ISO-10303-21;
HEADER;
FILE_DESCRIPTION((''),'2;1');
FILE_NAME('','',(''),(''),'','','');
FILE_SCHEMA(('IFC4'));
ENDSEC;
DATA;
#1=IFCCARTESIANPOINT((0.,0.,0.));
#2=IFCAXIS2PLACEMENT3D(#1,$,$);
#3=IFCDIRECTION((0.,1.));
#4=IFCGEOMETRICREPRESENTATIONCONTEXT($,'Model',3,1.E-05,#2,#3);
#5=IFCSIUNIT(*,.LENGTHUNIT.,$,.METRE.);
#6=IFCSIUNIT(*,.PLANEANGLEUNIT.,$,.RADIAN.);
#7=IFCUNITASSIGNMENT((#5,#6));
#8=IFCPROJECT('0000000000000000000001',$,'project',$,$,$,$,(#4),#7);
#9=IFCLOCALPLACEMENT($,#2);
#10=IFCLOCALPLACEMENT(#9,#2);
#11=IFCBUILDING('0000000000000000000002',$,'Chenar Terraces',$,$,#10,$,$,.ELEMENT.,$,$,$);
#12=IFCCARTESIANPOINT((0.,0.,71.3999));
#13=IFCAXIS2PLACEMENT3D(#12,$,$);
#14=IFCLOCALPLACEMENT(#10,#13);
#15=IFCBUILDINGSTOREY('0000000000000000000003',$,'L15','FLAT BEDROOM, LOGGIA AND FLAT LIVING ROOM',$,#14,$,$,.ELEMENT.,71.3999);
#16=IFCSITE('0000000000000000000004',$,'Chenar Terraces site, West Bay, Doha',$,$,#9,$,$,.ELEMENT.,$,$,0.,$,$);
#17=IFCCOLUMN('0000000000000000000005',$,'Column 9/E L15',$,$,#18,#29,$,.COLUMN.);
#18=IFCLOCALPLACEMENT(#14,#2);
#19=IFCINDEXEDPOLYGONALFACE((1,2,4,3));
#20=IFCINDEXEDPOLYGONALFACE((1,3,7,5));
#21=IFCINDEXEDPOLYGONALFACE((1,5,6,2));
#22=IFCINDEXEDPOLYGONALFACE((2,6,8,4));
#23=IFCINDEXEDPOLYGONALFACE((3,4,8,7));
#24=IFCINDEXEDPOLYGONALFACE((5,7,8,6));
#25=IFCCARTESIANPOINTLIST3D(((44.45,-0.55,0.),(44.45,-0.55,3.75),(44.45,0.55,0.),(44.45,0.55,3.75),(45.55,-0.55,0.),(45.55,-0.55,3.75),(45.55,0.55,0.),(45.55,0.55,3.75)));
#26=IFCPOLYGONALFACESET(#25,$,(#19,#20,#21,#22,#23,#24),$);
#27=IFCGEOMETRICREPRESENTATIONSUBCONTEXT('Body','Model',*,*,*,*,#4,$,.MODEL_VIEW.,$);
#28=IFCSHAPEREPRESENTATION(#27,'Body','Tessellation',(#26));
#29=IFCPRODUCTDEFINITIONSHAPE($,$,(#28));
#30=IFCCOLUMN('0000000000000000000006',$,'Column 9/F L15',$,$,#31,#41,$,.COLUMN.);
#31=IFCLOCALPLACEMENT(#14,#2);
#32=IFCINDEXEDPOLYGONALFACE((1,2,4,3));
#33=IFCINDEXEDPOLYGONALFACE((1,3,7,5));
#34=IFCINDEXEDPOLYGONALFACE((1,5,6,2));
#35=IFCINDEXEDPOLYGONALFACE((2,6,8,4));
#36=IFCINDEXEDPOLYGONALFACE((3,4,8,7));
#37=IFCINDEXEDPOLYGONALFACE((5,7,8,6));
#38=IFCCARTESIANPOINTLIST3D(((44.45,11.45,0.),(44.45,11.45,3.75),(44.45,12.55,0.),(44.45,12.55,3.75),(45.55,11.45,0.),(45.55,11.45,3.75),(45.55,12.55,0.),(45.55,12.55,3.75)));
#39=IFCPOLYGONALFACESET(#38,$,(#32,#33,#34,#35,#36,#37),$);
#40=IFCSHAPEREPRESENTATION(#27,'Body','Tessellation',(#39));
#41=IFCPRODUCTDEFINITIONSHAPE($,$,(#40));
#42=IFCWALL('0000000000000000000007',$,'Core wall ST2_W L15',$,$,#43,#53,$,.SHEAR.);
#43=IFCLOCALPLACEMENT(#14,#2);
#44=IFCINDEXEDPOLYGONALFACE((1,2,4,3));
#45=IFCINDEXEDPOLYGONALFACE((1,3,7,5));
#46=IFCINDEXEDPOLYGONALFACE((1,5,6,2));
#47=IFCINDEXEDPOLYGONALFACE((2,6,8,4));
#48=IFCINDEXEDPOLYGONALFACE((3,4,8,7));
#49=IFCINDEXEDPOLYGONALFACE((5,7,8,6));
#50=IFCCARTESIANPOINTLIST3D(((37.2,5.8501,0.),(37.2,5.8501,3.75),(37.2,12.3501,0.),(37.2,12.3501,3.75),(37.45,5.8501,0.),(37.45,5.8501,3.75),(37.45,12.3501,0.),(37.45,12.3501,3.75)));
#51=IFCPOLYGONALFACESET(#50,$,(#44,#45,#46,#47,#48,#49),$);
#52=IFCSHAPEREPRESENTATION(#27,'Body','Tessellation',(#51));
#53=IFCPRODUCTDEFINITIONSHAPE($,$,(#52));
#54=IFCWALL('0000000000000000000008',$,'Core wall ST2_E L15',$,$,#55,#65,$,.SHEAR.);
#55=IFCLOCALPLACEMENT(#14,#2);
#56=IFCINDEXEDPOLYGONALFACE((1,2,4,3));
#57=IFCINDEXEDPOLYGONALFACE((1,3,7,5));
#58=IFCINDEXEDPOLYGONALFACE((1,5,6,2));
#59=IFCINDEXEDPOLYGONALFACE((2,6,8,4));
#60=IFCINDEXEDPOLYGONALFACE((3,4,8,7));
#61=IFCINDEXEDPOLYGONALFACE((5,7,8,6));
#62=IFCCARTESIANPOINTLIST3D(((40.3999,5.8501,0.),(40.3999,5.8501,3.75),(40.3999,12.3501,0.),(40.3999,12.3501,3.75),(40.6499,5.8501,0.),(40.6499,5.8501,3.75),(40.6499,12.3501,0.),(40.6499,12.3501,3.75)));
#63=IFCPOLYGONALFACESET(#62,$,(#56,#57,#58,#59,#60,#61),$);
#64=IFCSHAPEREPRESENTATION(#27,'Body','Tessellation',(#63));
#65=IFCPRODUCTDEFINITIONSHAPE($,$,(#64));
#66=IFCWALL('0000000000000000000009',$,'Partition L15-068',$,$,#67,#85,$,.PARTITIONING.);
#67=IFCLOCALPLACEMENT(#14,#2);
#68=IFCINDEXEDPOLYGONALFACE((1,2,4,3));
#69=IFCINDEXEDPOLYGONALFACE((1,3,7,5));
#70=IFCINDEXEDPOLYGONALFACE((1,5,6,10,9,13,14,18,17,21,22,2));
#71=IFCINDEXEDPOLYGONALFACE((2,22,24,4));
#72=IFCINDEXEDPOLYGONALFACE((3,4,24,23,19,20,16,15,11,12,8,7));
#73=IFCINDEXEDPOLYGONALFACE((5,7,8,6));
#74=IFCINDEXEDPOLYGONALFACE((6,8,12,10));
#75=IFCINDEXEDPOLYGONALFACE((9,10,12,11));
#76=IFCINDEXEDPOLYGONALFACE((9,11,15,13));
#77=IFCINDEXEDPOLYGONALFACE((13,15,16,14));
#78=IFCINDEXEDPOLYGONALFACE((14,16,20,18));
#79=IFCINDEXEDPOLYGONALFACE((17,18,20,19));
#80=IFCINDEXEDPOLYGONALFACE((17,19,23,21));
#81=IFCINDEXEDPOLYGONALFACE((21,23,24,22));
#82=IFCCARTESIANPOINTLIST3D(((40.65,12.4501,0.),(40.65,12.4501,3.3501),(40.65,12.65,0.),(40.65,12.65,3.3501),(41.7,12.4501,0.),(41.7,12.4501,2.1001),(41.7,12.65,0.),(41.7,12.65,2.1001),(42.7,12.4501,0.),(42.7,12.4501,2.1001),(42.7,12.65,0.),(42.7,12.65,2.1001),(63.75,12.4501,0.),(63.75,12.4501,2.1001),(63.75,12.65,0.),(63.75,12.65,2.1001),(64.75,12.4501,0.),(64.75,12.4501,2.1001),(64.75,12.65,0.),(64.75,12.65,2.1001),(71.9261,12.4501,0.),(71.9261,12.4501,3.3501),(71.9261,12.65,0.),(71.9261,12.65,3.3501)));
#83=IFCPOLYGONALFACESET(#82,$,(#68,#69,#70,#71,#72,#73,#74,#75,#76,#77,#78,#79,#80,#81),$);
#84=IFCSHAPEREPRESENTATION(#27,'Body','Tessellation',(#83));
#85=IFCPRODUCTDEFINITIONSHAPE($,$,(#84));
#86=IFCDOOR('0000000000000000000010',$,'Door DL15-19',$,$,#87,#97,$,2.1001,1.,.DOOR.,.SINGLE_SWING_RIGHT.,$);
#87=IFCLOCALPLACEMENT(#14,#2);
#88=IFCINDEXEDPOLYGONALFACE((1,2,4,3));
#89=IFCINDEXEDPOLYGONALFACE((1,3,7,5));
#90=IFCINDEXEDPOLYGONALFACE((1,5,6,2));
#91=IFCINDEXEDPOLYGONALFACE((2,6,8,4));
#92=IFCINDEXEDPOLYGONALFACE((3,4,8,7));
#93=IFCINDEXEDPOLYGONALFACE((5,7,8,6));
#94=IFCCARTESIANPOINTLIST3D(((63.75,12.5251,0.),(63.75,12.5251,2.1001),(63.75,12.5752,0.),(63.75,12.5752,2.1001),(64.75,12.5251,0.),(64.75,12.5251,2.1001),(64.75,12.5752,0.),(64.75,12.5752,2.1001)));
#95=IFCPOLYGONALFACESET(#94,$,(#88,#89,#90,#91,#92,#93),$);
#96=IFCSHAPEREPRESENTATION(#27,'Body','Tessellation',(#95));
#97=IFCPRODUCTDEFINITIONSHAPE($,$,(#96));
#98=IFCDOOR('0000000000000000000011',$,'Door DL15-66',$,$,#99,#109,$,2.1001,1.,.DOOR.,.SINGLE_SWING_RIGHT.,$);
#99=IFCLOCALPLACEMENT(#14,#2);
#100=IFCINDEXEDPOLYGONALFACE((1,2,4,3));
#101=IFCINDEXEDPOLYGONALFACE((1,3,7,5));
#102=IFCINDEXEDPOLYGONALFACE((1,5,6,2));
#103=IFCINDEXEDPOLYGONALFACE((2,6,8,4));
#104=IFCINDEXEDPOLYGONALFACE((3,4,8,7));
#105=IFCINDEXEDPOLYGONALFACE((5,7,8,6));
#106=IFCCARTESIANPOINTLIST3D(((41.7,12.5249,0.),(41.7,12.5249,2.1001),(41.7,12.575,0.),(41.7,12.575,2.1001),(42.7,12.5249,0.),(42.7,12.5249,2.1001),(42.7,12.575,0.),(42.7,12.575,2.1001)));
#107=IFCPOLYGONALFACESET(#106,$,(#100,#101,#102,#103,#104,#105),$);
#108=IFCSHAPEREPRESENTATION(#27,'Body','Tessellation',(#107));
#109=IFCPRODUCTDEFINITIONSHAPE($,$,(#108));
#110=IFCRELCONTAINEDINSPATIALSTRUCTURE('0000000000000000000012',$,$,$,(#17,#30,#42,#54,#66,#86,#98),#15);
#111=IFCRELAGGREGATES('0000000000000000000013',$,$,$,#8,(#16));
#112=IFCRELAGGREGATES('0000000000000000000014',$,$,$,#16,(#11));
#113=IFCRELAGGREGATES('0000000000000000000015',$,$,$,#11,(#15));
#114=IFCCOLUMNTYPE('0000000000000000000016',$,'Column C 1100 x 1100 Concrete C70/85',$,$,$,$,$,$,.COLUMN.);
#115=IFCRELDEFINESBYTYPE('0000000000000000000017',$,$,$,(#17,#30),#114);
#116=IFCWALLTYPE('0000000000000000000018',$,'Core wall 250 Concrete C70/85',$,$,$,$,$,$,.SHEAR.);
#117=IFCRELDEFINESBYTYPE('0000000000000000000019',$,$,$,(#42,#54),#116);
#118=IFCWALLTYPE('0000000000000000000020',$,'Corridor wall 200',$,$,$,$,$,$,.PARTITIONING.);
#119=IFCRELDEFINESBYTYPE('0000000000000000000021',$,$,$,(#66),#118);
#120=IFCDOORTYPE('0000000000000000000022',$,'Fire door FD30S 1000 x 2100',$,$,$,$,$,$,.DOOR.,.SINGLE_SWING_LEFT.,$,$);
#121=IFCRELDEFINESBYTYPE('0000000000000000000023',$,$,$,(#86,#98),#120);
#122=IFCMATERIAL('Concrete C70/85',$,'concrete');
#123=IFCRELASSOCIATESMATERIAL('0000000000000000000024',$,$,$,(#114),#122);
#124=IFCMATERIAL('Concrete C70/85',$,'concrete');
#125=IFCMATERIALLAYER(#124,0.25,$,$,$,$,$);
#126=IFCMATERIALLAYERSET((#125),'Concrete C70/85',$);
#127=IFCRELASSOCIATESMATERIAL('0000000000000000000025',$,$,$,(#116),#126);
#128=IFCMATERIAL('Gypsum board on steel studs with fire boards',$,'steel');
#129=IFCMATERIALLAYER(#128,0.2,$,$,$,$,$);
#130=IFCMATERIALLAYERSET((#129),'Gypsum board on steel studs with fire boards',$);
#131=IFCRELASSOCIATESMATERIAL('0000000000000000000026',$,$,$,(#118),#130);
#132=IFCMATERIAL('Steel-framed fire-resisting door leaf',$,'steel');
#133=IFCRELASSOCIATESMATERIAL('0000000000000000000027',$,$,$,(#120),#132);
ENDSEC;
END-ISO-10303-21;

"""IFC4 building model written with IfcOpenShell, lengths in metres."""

from ifc_helpers import new_model, si_unit, direction, frame, frame_2d, origin, origin_2d, place, context, subcontext, project, spatial, rectangle, extrude, material, layer, layer_set, material_profile, profile_set, type_object, element, fill, save


model = new_model("IFC4")

# Units and contexts
model_context = context("Model", 3, precision=1e-05, world=origin(), true_north=direction((0.0, 1.0)))
body_context = subcontext(model_context, "Body", "Model", "MODEL_VIEW")
ifc_project = project(units=[si_unit("LENGTHUNIT", "METRE"), si_unit("PLANEANGLEUNIT", "RADIAN")], contexts=[model_context])

# Site, building, storey
site_placement = place(None, origin())
site = spatial("IfcSite", under=ifc_project, at=site_placement, Name="Chenar Terraces site, West Bay, Doha", CompositionType="ELEMENT", RefElevation=0.0)
building_placement = place(site_placement, origin())
building = spatial("IfcBuilding", under=site, at=building_placement, Name="Chenar Terraces", CompositionType="ELEMENT")
storey_placement = place(building_placement, frame((0.0, 0.0, 71.3999)))
storey = spatial("IfcBuildingStorey", under=building, at=storey_placement, Name="L15", Description="FLAT BEDROOM, LOGGIA AND FLAT LIVING ROOM", CompositionType="ELEMENT", Elevation=71.3999)

# Columns
ifc_material_1 = material(Name="Concrete C70/85", Category="concrete")
ifc_material_profile_1 = material_profile(ifc_material_1, rectangle(XDim=1.1001, YDim=1.1001, at=origin_2d()), Name="C 1100 x 1100")
ifc_profile_set_1 = profile_set([ifc_material_profile_1], Name="Concrete C70/85")
column_type = type_object("IfcColumnType", Name="Column C 1100 x 1100 Concrete C70/85", PredefinedType="COLUMN", material=ifc_profile_set_1)
for number, where, z_axis, x_axis, name in (
    (1, (45.0, 0.0, 0.0), (0.0, 0.0, 1.0), (1.0, 0.0, 0.0), "Column 9/E L15"),
    (2, (45.0, 12.0, 0.0), (0.0, 0.0, 1.0), (1.0, 0.0, 0.0), "Column 9/F L15"),
):
    element("IfcColumn", number, at=place(storey_placement, frame(where, z_axis=z_axis, x_axis=x_axis)), inside=storey, type_object=column_type, Name=name, PredefinedType="COLUMN", context=body_context, shape_type="SweptSolid", body=[
        extrude(rectangle(XDim=1.1001, YDim=1.1001, at=origin_2d()), origin(), (0.0, 0.0, 1.0), 3.75),
    ])

# Walls
ifc_material_2 = material(Name="Concrete C70/85", Category="concrete")
ifc_layer_1 = layer(ifc_material_2, 0.25)
ifc_layer_set_1 = layer_set([ifc_layer_1], Name="Concrete C70/85")
wall_type_1 = type_object("IfcWallType", Name="Core wall 250 Concrete C70/85", PredefinedType="SHEAR", material=ifc_layer_set_1)
for number, where, z_axis, x_axis, name in (
    (3, (37.325, 5.8501, 0.0), (0.0, 0.0, 1.0), (0.0, 1.0, 0.0), "Core wall ST2_W L15"),
    (4, (40.5249, 5.8501, 0.0), (0.0, 0.0, 1.0), (0.0, 1.0, 0.0), "Core wall ST2_E L15"),
):
    element("IfcWall", number, at=place(storey_placement, frame(where, z_axis=z_axis, x_axis=x_axis)), inside=storey, type_object=wall_type_1, Name=name, PredefinedType="SHEAR", context=body_context, shape_type="SweptSolid", body=[
        extrude(rectangle(XDim=6.5, YDim=0.25, at=frame_2d((3.25, 0.0))), origin(), (0.0, 0.0, 1.0), 3.75),
    ])

# Wall, openings, doors
ifc_material_3 = material(Name="Gypsum board on steel studs with fire boards", Category="steel")
ifc_layer_2 = layer(ifc_material_3, 0.2)
ifc_layer_set_2 = layer_set([ifc_layer_2], Name="Gypsum board on steel studs with fire boards")
wall_type_2 = type_object("IfcWallType", Name="Corridor wall 200", PredefinedType="PARTITIONING", material=ifc_layer_set_2)
wall_1_placement = place(storey_placement, frame((40.6499, 12.55, 0.0), z_axis=(0.0, 0.0, 1.0), x_axis=(1.0, 0.0, 0.0)))
wall_1 = element("IfcWall", 5, at=wall_1_placement, inside=storey, type_object=wall_type_2, Name="Partition L15-068", PredefinedType="PARTITIONING", context=body_context, shape_type="SweptSolid", body=[
    extrude(rectangle(XDim=31.2761, YDim=0.2, at=frame_2d((15.6382, 0.0))), origin(), (0.0, 0.0, 1.0), 3.3501),
])
opening_1_placement = place(wall_1_placement, frame((23.1001, 0.0, 0.0)))
opening_1 = element("IfcOpeningElement", 6, at=opening_1_placement, cuts=wall_1, PredefinedType="OPENING", context=body_context, shape_type="SweptSolid", body=[
    extrude(rectangle(XDim=1.0, YDim=2.1001, at=frame_2d((0.5, 1.05))), frame((0.0, 0.1099, 0.0), z_axis=(0.0, -1.0, 0.0), x_axis=(1.0, 0.0, 0.0)), (0.0, 0.0, 1.0), 0.22),
])
opening_2_placement = place(wall_1_placement, frame((1.05, 0.0, 0.0)))
opening_2 = element("IfcOpeningElement", 7, at=opening_2_placement, cuts=wall_1, PredefinedType="OPENING", context=body_context, shape_type="SweptSolid", body=[
    extrude(rectangle(XDim=1.0, YDim=2.1001, at=frame_2d((0.5, 1.05))), frame((0.0, 0.1099, 0.0), z_axis=(0.0, -1.0, 0.0), x_axis=(1.0, 0.0, 0.0)), (0.0, 0.0, 1.0), 0.22),
])
ifc_material_4 = material(Name="Steel-framed fire-resisting door leaf", Category="steel")
door_type_1 = type_object("IfcDoorType", Name="Fire door FD30S 1000 x 2100", OperationType="SINGLE_SWING_LEFT", PredefinedType="DOOR", material=ifc_material_4)
door_1_placement = place(opening_1_placement, frame((1.0, 0.0, 0.0), z_axis=(0.0, 0.0, 1.0), x_axis=(-1.0, 0.0, 0.0)))
door_1 = element("IfcDoor", 8, at=door_1_placement, inside=storey, type_object=door_type_1, Name="Door DL15-19", OperationType="SINGLE_SWING_RIGHT", OverallHeight=2.1001, OverallWidth=1.0, PredefinedType="DOOR", context=body_context, shape_type="SweptSolid", body=[
    extrude(rectangle(XDim=1.0, YDim=2.1001, at=frame_2d((0.5, 1.05))), frame((0.0, 0.0249, 0.0), z_axis=(0.0, -1.0, 0.0), x_axis=(1.0, 0.0, 0.0)), (0.0, 0.0, 1.0), 0.05),
])
fill(opening_1, door_1)
door_2_placement = place(opening_2_placement, origin())
door_2 = element("IfcDoor", 9, at=door_2_placement, inside=storey, type_object=door_type_1, Name="Door DL15-66", OperationType="SINGLE_SWING_RIGHT", OverallHeight=2.1001, OverallWidth=1.0, PredefinedType="DOOR", context=body_context, shape_type="SweptSolid", body=[
    extrude(rectangle(XDim=1.0, YDim=2.1001, at=frame_2d((0.5, 1.05))), frame((0.0, 0.0249, 0.0), z_axis=(0.0, -1.0, 0.0), x_axis=(1.0, 0.0, 0.0)), (0.0, 0.0, 1.0), 0.05),
])
fill(opening_2, door_2)

save(model, "model.ifc")
